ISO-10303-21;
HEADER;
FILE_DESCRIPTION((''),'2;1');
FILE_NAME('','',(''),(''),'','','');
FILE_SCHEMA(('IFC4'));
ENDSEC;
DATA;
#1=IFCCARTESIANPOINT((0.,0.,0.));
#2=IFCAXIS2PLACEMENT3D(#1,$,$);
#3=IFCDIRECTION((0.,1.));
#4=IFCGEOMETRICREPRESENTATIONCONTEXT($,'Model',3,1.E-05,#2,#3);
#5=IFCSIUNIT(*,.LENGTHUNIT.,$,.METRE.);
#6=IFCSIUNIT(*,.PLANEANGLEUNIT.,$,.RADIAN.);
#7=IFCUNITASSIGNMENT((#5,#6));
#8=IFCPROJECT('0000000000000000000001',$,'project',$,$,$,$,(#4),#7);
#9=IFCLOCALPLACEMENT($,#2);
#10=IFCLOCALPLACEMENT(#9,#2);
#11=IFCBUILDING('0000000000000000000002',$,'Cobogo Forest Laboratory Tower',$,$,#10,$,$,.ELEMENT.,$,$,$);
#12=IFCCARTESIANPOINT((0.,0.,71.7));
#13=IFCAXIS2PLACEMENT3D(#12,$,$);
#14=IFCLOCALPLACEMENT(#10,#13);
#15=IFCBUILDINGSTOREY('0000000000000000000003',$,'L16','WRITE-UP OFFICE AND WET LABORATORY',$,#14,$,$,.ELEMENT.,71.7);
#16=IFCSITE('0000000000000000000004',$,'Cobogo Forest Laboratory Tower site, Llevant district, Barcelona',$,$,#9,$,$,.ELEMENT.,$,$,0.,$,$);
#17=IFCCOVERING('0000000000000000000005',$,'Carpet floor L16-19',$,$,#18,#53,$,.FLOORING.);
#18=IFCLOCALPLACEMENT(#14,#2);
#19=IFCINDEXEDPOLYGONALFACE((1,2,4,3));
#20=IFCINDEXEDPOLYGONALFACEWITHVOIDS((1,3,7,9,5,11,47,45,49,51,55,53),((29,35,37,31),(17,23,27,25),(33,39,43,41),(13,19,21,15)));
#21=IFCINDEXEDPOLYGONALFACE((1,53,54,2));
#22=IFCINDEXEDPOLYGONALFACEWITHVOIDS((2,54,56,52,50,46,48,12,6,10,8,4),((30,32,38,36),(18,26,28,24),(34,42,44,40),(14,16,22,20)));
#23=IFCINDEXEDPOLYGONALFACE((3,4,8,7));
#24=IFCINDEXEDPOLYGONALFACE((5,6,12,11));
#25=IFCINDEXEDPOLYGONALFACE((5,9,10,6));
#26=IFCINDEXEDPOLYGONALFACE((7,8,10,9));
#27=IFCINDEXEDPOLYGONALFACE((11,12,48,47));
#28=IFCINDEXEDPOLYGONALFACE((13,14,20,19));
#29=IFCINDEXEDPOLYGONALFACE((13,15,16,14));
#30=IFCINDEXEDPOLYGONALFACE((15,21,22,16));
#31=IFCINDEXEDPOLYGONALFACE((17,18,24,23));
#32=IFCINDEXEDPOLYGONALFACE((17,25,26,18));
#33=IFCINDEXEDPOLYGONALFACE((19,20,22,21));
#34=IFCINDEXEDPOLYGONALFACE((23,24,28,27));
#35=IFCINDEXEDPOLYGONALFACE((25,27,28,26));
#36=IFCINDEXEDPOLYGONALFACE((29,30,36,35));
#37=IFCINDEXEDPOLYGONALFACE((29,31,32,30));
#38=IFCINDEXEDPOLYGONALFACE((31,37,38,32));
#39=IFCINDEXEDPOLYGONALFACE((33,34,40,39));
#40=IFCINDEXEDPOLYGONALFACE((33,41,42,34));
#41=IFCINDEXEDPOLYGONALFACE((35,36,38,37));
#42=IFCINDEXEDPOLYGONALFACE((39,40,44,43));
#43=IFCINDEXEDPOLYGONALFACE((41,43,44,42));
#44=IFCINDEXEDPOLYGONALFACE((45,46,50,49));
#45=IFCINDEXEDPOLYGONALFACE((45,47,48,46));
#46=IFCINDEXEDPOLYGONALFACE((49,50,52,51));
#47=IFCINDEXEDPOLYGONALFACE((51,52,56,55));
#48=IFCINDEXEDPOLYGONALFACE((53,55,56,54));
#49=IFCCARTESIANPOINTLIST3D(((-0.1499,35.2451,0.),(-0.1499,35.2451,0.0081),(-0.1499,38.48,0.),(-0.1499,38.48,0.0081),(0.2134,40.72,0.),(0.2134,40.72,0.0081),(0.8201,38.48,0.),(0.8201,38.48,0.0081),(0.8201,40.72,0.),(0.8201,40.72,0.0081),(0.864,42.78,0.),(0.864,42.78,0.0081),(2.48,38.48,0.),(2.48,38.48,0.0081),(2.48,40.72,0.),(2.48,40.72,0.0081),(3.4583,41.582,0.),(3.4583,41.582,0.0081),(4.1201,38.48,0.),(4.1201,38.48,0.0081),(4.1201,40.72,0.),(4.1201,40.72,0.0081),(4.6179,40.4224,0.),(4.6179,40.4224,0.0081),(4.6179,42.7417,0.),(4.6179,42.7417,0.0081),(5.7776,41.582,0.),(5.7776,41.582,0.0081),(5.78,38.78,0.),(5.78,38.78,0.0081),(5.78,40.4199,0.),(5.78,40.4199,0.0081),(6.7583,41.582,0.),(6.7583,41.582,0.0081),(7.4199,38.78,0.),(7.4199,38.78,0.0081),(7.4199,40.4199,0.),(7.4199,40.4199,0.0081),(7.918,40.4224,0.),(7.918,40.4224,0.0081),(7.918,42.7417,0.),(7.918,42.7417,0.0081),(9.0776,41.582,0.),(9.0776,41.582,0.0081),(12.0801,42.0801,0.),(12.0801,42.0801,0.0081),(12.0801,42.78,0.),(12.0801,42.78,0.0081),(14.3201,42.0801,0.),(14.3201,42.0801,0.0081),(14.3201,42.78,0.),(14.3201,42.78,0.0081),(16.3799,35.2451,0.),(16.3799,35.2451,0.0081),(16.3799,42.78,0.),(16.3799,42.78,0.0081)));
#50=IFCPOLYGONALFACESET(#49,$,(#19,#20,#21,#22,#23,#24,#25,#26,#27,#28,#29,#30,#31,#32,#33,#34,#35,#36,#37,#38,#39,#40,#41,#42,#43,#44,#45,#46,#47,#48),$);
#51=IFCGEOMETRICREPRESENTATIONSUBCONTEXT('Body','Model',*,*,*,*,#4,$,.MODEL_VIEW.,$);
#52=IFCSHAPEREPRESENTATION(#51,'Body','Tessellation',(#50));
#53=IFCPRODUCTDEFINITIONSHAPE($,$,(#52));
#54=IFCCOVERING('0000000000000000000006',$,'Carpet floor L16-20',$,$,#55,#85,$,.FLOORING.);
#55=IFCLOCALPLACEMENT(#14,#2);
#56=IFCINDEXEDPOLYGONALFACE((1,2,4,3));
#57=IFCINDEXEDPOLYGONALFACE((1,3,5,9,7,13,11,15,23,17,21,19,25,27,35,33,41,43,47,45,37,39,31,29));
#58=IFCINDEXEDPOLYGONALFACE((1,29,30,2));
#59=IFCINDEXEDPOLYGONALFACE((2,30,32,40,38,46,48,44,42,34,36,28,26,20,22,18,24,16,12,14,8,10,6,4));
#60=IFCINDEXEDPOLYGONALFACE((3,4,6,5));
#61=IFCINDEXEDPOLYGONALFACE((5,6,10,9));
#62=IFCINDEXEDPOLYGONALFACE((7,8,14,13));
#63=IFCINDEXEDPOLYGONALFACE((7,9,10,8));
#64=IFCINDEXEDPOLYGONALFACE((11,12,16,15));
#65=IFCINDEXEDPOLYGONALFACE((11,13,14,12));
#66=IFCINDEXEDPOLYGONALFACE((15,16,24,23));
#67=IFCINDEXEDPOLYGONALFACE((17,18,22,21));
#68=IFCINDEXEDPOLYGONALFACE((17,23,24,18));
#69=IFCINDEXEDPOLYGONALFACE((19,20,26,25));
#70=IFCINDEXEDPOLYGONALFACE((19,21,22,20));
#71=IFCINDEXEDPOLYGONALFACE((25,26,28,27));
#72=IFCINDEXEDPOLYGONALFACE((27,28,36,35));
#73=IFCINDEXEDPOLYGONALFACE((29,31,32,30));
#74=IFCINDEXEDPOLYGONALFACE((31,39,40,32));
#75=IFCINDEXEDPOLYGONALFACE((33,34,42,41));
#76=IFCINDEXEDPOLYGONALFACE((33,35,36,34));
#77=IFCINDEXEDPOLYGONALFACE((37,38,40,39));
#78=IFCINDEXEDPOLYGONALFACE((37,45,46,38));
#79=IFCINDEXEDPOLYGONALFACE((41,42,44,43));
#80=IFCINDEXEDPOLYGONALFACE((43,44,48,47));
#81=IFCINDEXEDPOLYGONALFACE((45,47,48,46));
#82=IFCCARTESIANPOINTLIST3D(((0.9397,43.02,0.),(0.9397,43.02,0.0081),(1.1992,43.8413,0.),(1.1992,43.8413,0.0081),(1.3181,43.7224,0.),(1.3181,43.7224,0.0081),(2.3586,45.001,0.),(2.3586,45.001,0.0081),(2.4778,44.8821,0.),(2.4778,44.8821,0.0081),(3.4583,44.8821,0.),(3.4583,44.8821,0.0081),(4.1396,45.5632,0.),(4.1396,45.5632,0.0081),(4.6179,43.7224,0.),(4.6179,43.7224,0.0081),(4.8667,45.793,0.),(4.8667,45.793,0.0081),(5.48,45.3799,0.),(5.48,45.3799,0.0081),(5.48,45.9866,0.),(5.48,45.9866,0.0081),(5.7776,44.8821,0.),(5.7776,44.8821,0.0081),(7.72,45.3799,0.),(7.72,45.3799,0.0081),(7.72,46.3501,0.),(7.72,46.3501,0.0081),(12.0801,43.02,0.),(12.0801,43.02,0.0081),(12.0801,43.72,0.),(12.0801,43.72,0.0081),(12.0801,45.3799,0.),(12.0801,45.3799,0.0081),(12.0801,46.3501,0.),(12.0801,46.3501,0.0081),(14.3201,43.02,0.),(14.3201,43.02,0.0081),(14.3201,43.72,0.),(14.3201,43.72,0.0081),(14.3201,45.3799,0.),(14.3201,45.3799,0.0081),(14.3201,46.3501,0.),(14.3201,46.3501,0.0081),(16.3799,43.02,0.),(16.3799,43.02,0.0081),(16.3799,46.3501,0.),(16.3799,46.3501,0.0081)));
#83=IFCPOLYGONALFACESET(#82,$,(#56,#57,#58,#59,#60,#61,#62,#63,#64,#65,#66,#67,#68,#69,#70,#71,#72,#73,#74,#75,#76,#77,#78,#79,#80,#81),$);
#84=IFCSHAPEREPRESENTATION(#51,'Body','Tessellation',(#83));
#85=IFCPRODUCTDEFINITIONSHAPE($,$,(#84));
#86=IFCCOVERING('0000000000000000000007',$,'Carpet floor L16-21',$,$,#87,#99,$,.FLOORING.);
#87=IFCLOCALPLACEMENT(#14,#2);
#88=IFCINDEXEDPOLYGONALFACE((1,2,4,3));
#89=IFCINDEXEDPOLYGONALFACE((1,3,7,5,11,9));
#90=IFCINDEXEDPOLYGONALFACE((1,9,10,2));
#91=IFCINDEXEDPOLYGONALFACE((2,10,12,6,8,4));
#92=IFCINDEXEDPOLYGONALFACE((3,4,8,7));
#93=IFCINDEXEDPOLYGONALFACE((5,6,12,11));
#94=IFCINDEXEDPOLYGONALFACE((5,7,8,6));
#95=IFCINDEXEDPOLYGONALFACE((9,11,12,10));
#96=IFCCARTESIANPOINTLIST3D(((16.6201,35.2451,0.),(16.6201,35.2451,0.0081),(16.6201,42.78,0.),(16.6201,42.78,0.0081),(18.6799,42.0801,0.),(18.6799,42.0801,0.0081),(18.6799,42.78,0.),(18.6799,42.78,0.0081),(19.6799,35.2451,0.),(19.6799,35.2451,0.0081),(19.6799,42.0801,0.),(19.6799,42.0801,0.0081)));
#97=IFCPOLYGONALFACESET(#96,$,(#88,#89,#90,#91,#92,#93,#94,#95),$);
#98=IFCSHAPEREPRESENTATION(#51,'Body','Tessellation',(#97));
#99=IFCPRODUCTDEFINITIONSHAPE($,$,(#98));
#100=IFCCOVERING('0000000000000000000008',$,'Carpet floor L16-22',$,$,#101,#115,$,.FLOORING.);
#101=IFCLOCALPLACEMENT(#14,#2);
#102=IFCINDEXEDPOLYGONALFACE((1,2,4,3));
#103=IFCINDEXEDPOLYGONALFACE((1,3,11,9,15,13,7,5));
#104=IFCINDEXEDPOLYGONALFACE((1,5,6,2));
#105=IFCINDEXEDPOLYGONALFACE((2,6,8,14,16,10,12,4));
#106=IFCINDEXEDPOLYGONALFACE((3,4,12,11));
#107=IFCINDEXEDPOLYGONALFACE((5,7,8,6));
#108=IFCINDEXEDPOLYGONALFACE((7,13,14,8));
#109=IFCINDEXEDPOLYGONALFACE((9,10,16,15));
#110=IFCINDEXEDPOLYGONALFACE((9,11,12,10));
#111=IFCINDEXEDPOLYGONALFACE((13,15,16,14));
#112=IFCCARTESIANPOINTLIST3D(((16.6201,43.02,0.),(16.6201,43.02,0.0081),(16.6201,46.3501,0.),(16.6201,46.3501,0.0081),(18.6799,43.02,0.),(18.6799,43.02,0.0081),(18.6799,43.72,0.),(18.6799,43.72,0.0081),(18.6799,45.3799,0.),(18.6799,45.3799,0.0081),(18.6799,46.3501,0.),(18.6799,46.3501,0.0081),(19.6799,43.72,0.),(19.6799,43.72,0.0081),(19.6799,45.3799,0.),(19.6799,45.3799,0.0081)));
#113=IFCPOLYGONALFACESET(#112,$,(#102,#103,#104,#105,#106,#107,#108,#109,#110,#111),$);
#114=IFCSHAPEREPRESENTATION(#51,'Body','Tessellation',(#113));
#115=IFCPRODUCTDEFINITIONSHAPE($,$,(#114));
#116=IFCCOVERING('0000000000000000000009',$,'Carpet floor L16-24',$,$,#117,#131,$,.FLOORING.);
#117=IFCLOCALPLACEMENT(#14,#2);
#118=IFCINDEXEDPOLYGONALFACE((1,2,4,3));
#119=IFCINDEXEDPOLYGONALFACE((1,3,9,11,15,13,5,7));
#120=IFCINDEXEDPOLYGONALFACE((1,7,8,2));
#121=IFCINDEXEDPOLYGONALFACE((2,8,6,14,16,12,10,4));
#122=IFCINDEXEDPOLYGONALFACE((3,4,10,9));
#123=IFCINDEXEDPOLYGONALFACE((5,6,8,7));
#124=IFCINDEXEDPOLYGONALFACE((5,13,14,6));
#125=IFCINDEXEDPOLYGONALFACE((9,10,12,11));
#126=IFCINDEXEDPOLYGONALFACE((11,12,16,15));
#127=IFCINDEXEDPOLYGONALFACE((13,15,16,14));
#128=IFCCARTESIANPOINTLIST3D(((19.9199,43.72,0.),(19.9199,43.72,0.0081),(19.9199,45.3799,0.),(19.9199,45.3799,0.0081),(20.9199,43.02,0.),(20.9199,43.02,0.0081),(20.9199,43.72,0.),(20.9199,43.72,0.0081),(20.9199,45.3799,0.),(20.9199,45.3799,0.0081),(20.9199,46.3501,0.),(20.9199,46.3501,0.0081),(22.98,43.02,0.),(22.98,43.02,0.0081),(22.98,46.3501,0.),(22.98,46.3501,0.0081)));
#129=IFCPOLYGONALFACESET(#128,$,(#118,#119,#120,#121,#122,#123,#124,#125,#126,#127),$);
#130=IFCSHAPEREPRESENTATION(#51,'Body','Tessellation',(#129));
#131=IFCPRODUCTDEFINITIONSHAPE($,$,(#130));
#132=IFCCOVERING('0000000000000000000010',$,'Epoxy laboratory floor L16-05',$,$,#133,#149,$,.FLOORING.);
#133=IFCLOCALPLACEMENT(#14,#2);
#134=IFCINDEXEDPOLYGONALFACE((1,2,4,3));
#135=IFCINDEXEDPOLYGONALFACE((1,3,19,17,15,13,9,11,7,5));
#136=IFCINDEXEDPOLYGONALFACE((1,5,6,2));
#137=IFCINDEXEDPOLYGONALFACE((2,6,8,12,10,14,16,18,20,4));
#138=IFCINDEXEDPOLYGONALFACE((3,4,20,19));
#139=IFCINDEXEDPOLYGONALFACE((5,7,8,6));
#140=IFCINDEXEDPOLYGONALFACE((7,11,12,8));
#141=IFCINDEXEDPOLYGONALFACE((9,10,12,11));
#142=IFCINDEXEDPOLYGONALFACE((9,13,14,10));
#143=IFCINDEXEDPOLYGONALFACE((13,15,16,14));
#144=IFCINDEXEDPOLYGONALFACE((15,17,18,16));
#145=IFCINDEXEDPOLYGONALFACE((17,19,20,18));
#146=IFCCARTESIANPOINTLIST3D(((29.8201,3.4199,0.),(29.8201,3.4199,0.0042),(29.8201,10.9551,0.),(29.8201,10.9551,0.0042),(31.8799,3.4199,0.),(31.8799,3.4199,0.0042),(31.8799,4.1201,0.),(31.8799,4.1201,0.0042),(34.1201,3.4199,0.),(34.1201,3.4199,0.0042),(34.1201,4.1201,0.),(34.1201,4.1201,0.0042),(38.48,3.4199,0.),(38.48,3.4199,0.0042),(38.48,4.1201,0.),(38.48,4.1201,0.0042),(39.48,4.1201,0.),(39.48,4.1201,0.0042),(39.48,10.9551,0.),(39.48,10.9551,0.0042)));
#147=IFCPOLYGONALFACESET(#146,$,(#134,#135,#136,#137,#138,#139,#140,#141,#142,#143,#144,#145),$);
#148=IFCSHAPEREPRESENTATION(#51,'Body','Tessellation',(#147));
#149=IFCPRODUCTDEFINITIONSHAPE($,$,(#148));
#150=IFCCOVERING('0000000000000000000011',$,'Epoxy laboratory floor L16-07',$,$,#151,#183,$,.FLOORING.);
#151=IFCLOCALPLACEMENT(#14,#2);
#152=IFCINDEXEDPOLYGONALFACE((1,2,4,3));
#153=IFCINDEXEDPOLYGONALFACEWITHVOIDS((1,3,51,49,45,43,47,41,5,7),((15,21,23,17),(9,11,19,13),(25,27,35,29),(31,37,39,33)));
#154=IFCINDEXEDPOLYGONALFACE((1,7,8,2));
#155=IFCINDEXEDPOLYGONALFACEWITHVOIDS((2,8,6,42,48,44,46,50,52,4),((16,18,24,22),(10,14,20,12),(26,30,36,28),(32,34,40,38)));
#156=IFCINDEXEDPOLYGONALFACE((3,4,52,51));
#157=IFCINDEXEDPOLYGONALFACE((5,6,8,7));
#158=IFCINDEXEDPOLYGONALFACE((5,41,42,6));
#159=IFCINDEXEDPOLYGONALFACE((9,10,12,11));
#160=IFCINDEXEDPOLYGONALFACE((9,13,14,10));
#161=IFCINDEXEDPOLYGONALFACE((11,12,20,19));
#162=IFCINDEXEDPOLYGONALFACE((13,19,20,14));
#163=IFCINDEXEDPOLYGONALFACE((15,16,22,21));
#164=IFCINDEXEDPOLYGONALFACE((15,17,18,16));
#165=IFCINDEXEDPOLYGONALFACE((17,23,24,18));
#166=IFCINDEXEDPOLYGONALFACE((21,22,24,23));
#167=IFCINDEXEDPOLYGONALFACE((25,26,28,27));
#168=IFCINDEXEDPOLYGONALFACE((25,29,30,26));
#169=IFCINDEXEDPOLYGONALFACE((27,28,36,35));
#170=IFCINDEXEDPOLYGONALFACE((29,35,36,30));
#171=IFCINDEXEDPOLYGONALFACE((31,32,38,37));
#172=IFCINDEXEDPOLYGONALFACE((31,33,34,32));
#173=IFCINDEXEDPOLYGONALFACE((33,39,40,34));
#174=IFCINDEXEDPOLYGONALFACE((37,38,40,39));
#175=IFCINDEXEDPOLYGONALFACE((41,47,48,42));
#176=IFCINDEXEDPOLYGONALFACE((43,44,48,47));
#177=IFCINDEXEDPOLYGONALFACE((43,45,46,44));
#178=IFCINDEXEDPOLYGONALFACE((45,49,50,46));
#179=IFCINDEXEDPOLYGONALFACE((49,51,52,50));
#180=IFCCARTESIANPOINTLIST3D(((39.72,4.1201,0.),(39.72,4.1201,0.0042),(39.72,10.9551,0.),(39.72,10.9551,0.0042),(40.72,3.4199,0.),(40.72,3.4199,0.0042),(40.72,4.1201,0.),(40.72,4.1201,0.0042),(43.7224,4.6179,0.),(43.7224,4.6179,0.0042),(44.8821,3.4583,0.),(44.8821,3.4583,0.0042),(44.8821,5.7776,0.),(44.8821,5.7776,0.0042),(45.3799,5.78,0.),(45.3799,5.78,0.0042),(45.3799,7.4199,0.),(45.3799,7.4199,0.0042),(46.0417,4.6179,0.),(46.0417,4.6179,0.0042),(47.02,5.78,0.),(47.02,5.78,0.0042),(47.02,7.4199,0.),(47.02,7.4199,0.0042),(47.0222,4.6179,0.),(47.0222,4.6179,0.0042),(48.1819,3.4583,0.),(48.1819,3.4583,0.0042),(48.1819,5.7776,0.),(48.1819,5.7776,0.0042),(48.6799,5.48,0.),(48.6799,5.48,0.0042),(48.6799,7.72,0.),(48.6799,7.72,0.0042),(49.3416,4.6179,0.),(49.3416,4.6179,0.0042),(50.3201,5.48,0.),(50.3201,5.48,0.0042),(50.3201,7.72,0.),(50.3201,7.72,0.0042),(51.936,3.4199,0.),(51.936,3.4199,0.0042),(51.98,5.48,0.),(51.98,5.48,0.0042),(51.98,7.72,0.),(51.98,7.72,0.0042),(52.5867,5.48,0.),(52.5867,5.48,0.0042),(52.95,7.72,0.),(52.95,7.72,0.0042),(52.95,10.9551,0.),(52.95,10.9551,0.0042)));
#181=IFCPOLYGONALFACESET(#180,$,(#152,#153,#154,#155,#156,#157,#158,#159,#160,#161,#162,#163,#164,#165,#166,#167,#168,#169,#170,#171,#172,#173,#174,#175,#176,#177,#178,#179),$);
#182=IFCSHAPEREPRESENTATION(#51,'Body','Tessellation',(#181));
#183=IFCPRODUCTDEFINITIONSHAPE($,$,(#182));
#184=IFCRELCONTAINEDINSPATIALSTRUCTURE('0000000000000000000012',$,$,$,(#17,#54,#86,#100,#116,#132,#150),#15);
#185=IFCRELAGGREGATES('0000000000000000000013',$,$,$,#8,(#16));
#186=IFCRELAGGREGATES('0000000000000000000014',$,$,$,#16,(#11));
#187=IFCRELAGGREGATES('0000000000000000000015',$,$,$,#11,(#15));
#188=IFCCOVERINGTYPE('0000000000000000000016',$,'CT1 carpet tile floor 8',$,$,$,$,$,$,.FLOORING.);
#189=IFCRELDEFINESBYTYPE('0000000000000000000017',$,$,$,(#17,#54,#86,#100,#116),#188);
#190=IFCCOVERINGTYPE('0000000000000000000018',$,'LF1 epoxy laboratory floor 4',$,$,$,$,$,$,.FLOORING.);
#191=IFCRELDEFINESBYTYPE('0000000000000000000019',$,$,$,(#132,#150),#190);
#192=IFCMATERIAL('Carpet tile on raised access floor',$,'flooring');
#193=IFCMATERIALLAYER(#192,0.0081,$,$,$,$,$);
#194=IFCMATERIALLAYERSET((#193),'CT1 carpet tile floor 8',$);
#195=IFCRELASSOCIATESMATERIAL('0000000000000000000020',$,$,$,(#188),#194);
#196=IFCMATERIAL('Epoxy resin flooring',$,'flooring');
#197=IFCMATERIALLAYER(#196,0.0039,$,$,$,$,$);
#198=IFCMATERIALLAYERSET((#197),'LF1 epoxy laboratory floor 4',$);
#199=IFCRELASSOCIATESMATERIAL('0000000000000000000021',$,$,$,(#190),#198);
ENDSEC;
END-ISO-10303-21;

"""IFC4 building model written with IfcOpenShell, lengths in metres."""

from ifc_helpers import new_model, si_unit, direction, frame, origin, place, context, subcontext, project, spatial, polyline, outline, extrude, material, layer, layer_set, type_object, element, save


model = new_model("IFC4")

# Units and contexts
model_context = context("Model", 3, precision=1e-05, world=origin(), true_north=direction((0.0, 1.0)))
body_context = subcontext(model_context, "Body", "Model", "MODEL_VIEW")
ifc_project = project(units=[si_unit("LENGTHUNIT", "METRE"), si_unit("PLANEANGLEUNIT", "RADIAN")], contexts=[model_context])

# Site, building, storey
site_placement = place(None, origin())
site = spatial("IfcSite", under=ifc_project, at=site_placement, Name="Cobogo Forest Laboratory Tower site, Llevant district, Barcelona", CompositionType="ELEMENT", RefElevation=0.0)
building_placement = place(site_placement, origin())
building = spatial("IfcBuilding", under=site, at=building_placement, Name="Cobogo Forest Laboratory Tower", CompositionType="ELEMENT")
storey_placement = place(building_placement, frame((0.0, 0.0, 71.7)))
storey = spatial("IfcBuildingStorey", under=building, at=storey_placement, Name="L16", Description="WRITE-UP OFFICE AND WET LABORATORY", CompositionType="ELEMENT", Elevation=71.7)

# Coverings
ifc_material_1 = material(Name="Carpet tile on raised access floor", Category="flooring")
ifc_layer_1 = layer(ifc_material_1, 0.0081)
ifc_layer_set_1 = layer_set([ifc_layer_1], Name="CT1 carpet tile floor 8")
covering_type_1 = type_object("IfcCoveringType", Name="CT1 carpet tile floor 8", PredefinedType="FLOORING", material=ifc_layer_set_1)
covering_1_placement = place(storey_placement, origin())
element("IfcCovering", 1, at=covering_1_placement, inside=storey, type_object=covering_type_1, Name="Carpet floor L16-19", PredefinedType="FLOORING", context=body_context, shape_type="SweptSolid", body=[
    extrude(outline(polyline([(16.3799, 35.2451), (-0.1499, 35.2451), (-0.1499, 38.48), (0.8201, 38.48), (0.8201, 40.72), (0.2134, 40.72), (0.864, 42.78), (12.0801, 42.78), (12.0801, 42.0801), (14.3201, 42.0801), (14.3201, 42.78), (16.3799, 42.78), (16.3799, 35.2451)]), holes=[polyline([(6.7583, 41.582), (7.918, 40.4224), (9.0776, 41.582), (7.918, 42.7417), (6.7583, 41.582)]), polyline([(5.78, 40.4199), (5.78, 38.78), (7.4199, 38.78), (7.4199, 40.4199), (5.78, 40.4199)]), polyline([(3.4583, 41.582), (4.6179, 40.4224), (5.7776, 41.582), (4.6179, 42.7417), (3.4583, 41.582)]), polyline([(2.48, 38.48), (4.1201, 38.48), (4.1201, 40.72), (2.48, 40.72), (2.48, 38.48)])]), origin(), (0.0, 0.0, 1.0), 0.0081),
])
covering_2_placement = place(storey_placement, origin())
element("IfcCovering", 2, at=covering_2_placement, inside=storey, type_object=covering_type_1, Name="Carpet floor L16-20", PredefinedType="FLOORING", context=body_context, shape_type="SweptSolid", body=[
    extrude(outline(polyline([(14.3201, 43.02), (14.3201, 43.72), (12.0801, 43.72), (12.0801, 43.02), (0.9397, 43.02), (1.1992, 43.8413), (1.3181, 43.7224), (2.4778, 44.8821), (2.3586, 45.001), (4.1396, 45.5632), (3.4583, 44.8821), (4.6179, 43.7224), (5.7776, 44.8821), (4.8667, 45.793), (5.48, 45.9866), (5.48, 45.3799), (7.72, 45.3799), (7.72, 46.3501), (12.0801, 46.3501), (12.0801, 45.3799), (14.3201, 45.3799), (14.3201, 46.3501), (16.3799, 46.3501), (16.3799, 43.02), (14.3201, 43.02)])), origin(), (0.0, 0.0, 1.0), 0.0081),
])
covering_3_placement = place(storey_placement, origin())
element("IfcCovering", 3, at=covering_3_placement, inside=storey, type_object=covering_type_1, Name="Carpet floor L16-21", PredefinedType="FLOORING", context=body_context, shape_type="SweptSolid", body=[
    extrude(outline(polyline([(16.6201, 42.78), (18.6799, 42.78), (18.6799, 42.0801), (19.6799, 42.0801), (19.6799, 35.2451), (16.6201, 35.2451), (16.6201, 42.78)])), origin(), (0.0, 0.0, 1.0), 0.0081),
])
covering_4_placement = place(storey_placement, origin())
element("IfcCovering", 4, at=covering_4_placement, inside=storey, type_object=covering_type_1, Name="Carpet floor L16-22", PredefinedType="FLOORING", context=body_context, shape_type="SweptSolid", body=[
    extrude(outline(polyline([(16.6201, 43.02), (16.6201, 46.3501), (18.6799, 46.3501), (18.6799, 45.3799), (19.6799, 45.3799), (19.6799, 43.72), (18.6799, 43.72), (18.6799, 43.02), (16.6201, 43.02)])), origin(), (0.0, 0.0, 1.0), 0.0081),
])
covering_5_placement = place(storey_placement, origin())
element("IfcCovering", 5, at=covering_5_placement, inside=storey, type_object=covering_type_1, Name="Carpet floor L16-24", PredefinedType="FLOORING", context=body_context, shape_type="SweptSolid", body=[
    extrude(outline(polyline([(20.9199, 43.02), (20.9199, 43.72), (19.9199, 43.72), (19.9199, 45.3799), (20.9199, 45.3799), (20.9199, 46.3501), (22.98, 46.3501), (22.98, 43.02), (20.9199, 43.02)])), origin(), (0.0, 0.0, 1.0), 0.0081),
])
ifc_material_2 = material(Name="Epoxy resin flooring", Category="flooring")
ifc_layer_2 = layer(ifc_material_2, 0.0039)
ifc_layer_set_2 = layer_set([ifc_layer_2], Name="LF1 epoxy laboratory floor 4")
covering_type_2 = type_object("IfcCoveringType", Name="LF1 epoxy laboratory floor 4", PredefinedType="FLOORING", material=ifc_layer_set_2)
covering_6_placement = place(storey_placement, origin())
element("IfcCovering", 6, at=covering_6_placement, inside=storey, type_object=covering_type_2, Name="Epoxy laboratory floor L16-05", PredefinedType="FLOORING", context=body_context, shape_type="SweptSolid", body=[
    extrude(outline(polyline([(29.8201, 10.9551), (39.48, 10.9551), (39.48, 4.1201), (38.48, 4.1201), (38.48, 3.4199), (34.1201, 3.4199), (34.1201, 4.1201), (31.8799, 4.1201), (31.8799, 3.4199), (29.8201, 3.4199), (29.8201, 10.9551)])), origin(), (0.0, 0.0, 1.0), 0.0042),
])
covering_7_placement = place(storey_placement, origin())
element("IfcCovering", 7, at=covering_7_placement, inside=storey, type_object=covering_type_2, Name="Epoxy laboratory floor L16-07", PredefinedType="FLOORING", context=body_context, shape_type="SweptSolid", body=[
    extrude(outline(polyline([(39.72, 10.9551), (52.95, 10.9551), (52.95, 7.72), (51.98, 7.72), (51.98, 5.48), (52.5867, 5.48), (51.936, 3.4199), (40.72, 3.4199), (40.72, 4.1201), (39.72, 4.1201), (39.72, 10.9551)]), holes=[polyline([(48.6799, 5.48), (50.3201, 5.48), (50.3201, 7.72), (48.6799, 7.72), (48.6799, 5.48)]), polyline([(48.1819, 5.7776), (47.0222, 4.6179), (48.1819, 3.4583), (49.3416, 4.6179), (48.1819, 5.7776)]), polyline([(45.3799, 7.4199), (45.3799, 5.78), (47.02, 5.78), (47.02, 7.4199), (45.3799, 7.4199)]), polyline([(44.8821, 5.7776), (43.7224, 4.6179), (44.8821, 3.4583), (46.0417, 4.6179), (44.8821, 5.7776)])]), origin(), (0.0, 0.0, 1.0), 0.0042),
])

save(model, "model.ifc")
